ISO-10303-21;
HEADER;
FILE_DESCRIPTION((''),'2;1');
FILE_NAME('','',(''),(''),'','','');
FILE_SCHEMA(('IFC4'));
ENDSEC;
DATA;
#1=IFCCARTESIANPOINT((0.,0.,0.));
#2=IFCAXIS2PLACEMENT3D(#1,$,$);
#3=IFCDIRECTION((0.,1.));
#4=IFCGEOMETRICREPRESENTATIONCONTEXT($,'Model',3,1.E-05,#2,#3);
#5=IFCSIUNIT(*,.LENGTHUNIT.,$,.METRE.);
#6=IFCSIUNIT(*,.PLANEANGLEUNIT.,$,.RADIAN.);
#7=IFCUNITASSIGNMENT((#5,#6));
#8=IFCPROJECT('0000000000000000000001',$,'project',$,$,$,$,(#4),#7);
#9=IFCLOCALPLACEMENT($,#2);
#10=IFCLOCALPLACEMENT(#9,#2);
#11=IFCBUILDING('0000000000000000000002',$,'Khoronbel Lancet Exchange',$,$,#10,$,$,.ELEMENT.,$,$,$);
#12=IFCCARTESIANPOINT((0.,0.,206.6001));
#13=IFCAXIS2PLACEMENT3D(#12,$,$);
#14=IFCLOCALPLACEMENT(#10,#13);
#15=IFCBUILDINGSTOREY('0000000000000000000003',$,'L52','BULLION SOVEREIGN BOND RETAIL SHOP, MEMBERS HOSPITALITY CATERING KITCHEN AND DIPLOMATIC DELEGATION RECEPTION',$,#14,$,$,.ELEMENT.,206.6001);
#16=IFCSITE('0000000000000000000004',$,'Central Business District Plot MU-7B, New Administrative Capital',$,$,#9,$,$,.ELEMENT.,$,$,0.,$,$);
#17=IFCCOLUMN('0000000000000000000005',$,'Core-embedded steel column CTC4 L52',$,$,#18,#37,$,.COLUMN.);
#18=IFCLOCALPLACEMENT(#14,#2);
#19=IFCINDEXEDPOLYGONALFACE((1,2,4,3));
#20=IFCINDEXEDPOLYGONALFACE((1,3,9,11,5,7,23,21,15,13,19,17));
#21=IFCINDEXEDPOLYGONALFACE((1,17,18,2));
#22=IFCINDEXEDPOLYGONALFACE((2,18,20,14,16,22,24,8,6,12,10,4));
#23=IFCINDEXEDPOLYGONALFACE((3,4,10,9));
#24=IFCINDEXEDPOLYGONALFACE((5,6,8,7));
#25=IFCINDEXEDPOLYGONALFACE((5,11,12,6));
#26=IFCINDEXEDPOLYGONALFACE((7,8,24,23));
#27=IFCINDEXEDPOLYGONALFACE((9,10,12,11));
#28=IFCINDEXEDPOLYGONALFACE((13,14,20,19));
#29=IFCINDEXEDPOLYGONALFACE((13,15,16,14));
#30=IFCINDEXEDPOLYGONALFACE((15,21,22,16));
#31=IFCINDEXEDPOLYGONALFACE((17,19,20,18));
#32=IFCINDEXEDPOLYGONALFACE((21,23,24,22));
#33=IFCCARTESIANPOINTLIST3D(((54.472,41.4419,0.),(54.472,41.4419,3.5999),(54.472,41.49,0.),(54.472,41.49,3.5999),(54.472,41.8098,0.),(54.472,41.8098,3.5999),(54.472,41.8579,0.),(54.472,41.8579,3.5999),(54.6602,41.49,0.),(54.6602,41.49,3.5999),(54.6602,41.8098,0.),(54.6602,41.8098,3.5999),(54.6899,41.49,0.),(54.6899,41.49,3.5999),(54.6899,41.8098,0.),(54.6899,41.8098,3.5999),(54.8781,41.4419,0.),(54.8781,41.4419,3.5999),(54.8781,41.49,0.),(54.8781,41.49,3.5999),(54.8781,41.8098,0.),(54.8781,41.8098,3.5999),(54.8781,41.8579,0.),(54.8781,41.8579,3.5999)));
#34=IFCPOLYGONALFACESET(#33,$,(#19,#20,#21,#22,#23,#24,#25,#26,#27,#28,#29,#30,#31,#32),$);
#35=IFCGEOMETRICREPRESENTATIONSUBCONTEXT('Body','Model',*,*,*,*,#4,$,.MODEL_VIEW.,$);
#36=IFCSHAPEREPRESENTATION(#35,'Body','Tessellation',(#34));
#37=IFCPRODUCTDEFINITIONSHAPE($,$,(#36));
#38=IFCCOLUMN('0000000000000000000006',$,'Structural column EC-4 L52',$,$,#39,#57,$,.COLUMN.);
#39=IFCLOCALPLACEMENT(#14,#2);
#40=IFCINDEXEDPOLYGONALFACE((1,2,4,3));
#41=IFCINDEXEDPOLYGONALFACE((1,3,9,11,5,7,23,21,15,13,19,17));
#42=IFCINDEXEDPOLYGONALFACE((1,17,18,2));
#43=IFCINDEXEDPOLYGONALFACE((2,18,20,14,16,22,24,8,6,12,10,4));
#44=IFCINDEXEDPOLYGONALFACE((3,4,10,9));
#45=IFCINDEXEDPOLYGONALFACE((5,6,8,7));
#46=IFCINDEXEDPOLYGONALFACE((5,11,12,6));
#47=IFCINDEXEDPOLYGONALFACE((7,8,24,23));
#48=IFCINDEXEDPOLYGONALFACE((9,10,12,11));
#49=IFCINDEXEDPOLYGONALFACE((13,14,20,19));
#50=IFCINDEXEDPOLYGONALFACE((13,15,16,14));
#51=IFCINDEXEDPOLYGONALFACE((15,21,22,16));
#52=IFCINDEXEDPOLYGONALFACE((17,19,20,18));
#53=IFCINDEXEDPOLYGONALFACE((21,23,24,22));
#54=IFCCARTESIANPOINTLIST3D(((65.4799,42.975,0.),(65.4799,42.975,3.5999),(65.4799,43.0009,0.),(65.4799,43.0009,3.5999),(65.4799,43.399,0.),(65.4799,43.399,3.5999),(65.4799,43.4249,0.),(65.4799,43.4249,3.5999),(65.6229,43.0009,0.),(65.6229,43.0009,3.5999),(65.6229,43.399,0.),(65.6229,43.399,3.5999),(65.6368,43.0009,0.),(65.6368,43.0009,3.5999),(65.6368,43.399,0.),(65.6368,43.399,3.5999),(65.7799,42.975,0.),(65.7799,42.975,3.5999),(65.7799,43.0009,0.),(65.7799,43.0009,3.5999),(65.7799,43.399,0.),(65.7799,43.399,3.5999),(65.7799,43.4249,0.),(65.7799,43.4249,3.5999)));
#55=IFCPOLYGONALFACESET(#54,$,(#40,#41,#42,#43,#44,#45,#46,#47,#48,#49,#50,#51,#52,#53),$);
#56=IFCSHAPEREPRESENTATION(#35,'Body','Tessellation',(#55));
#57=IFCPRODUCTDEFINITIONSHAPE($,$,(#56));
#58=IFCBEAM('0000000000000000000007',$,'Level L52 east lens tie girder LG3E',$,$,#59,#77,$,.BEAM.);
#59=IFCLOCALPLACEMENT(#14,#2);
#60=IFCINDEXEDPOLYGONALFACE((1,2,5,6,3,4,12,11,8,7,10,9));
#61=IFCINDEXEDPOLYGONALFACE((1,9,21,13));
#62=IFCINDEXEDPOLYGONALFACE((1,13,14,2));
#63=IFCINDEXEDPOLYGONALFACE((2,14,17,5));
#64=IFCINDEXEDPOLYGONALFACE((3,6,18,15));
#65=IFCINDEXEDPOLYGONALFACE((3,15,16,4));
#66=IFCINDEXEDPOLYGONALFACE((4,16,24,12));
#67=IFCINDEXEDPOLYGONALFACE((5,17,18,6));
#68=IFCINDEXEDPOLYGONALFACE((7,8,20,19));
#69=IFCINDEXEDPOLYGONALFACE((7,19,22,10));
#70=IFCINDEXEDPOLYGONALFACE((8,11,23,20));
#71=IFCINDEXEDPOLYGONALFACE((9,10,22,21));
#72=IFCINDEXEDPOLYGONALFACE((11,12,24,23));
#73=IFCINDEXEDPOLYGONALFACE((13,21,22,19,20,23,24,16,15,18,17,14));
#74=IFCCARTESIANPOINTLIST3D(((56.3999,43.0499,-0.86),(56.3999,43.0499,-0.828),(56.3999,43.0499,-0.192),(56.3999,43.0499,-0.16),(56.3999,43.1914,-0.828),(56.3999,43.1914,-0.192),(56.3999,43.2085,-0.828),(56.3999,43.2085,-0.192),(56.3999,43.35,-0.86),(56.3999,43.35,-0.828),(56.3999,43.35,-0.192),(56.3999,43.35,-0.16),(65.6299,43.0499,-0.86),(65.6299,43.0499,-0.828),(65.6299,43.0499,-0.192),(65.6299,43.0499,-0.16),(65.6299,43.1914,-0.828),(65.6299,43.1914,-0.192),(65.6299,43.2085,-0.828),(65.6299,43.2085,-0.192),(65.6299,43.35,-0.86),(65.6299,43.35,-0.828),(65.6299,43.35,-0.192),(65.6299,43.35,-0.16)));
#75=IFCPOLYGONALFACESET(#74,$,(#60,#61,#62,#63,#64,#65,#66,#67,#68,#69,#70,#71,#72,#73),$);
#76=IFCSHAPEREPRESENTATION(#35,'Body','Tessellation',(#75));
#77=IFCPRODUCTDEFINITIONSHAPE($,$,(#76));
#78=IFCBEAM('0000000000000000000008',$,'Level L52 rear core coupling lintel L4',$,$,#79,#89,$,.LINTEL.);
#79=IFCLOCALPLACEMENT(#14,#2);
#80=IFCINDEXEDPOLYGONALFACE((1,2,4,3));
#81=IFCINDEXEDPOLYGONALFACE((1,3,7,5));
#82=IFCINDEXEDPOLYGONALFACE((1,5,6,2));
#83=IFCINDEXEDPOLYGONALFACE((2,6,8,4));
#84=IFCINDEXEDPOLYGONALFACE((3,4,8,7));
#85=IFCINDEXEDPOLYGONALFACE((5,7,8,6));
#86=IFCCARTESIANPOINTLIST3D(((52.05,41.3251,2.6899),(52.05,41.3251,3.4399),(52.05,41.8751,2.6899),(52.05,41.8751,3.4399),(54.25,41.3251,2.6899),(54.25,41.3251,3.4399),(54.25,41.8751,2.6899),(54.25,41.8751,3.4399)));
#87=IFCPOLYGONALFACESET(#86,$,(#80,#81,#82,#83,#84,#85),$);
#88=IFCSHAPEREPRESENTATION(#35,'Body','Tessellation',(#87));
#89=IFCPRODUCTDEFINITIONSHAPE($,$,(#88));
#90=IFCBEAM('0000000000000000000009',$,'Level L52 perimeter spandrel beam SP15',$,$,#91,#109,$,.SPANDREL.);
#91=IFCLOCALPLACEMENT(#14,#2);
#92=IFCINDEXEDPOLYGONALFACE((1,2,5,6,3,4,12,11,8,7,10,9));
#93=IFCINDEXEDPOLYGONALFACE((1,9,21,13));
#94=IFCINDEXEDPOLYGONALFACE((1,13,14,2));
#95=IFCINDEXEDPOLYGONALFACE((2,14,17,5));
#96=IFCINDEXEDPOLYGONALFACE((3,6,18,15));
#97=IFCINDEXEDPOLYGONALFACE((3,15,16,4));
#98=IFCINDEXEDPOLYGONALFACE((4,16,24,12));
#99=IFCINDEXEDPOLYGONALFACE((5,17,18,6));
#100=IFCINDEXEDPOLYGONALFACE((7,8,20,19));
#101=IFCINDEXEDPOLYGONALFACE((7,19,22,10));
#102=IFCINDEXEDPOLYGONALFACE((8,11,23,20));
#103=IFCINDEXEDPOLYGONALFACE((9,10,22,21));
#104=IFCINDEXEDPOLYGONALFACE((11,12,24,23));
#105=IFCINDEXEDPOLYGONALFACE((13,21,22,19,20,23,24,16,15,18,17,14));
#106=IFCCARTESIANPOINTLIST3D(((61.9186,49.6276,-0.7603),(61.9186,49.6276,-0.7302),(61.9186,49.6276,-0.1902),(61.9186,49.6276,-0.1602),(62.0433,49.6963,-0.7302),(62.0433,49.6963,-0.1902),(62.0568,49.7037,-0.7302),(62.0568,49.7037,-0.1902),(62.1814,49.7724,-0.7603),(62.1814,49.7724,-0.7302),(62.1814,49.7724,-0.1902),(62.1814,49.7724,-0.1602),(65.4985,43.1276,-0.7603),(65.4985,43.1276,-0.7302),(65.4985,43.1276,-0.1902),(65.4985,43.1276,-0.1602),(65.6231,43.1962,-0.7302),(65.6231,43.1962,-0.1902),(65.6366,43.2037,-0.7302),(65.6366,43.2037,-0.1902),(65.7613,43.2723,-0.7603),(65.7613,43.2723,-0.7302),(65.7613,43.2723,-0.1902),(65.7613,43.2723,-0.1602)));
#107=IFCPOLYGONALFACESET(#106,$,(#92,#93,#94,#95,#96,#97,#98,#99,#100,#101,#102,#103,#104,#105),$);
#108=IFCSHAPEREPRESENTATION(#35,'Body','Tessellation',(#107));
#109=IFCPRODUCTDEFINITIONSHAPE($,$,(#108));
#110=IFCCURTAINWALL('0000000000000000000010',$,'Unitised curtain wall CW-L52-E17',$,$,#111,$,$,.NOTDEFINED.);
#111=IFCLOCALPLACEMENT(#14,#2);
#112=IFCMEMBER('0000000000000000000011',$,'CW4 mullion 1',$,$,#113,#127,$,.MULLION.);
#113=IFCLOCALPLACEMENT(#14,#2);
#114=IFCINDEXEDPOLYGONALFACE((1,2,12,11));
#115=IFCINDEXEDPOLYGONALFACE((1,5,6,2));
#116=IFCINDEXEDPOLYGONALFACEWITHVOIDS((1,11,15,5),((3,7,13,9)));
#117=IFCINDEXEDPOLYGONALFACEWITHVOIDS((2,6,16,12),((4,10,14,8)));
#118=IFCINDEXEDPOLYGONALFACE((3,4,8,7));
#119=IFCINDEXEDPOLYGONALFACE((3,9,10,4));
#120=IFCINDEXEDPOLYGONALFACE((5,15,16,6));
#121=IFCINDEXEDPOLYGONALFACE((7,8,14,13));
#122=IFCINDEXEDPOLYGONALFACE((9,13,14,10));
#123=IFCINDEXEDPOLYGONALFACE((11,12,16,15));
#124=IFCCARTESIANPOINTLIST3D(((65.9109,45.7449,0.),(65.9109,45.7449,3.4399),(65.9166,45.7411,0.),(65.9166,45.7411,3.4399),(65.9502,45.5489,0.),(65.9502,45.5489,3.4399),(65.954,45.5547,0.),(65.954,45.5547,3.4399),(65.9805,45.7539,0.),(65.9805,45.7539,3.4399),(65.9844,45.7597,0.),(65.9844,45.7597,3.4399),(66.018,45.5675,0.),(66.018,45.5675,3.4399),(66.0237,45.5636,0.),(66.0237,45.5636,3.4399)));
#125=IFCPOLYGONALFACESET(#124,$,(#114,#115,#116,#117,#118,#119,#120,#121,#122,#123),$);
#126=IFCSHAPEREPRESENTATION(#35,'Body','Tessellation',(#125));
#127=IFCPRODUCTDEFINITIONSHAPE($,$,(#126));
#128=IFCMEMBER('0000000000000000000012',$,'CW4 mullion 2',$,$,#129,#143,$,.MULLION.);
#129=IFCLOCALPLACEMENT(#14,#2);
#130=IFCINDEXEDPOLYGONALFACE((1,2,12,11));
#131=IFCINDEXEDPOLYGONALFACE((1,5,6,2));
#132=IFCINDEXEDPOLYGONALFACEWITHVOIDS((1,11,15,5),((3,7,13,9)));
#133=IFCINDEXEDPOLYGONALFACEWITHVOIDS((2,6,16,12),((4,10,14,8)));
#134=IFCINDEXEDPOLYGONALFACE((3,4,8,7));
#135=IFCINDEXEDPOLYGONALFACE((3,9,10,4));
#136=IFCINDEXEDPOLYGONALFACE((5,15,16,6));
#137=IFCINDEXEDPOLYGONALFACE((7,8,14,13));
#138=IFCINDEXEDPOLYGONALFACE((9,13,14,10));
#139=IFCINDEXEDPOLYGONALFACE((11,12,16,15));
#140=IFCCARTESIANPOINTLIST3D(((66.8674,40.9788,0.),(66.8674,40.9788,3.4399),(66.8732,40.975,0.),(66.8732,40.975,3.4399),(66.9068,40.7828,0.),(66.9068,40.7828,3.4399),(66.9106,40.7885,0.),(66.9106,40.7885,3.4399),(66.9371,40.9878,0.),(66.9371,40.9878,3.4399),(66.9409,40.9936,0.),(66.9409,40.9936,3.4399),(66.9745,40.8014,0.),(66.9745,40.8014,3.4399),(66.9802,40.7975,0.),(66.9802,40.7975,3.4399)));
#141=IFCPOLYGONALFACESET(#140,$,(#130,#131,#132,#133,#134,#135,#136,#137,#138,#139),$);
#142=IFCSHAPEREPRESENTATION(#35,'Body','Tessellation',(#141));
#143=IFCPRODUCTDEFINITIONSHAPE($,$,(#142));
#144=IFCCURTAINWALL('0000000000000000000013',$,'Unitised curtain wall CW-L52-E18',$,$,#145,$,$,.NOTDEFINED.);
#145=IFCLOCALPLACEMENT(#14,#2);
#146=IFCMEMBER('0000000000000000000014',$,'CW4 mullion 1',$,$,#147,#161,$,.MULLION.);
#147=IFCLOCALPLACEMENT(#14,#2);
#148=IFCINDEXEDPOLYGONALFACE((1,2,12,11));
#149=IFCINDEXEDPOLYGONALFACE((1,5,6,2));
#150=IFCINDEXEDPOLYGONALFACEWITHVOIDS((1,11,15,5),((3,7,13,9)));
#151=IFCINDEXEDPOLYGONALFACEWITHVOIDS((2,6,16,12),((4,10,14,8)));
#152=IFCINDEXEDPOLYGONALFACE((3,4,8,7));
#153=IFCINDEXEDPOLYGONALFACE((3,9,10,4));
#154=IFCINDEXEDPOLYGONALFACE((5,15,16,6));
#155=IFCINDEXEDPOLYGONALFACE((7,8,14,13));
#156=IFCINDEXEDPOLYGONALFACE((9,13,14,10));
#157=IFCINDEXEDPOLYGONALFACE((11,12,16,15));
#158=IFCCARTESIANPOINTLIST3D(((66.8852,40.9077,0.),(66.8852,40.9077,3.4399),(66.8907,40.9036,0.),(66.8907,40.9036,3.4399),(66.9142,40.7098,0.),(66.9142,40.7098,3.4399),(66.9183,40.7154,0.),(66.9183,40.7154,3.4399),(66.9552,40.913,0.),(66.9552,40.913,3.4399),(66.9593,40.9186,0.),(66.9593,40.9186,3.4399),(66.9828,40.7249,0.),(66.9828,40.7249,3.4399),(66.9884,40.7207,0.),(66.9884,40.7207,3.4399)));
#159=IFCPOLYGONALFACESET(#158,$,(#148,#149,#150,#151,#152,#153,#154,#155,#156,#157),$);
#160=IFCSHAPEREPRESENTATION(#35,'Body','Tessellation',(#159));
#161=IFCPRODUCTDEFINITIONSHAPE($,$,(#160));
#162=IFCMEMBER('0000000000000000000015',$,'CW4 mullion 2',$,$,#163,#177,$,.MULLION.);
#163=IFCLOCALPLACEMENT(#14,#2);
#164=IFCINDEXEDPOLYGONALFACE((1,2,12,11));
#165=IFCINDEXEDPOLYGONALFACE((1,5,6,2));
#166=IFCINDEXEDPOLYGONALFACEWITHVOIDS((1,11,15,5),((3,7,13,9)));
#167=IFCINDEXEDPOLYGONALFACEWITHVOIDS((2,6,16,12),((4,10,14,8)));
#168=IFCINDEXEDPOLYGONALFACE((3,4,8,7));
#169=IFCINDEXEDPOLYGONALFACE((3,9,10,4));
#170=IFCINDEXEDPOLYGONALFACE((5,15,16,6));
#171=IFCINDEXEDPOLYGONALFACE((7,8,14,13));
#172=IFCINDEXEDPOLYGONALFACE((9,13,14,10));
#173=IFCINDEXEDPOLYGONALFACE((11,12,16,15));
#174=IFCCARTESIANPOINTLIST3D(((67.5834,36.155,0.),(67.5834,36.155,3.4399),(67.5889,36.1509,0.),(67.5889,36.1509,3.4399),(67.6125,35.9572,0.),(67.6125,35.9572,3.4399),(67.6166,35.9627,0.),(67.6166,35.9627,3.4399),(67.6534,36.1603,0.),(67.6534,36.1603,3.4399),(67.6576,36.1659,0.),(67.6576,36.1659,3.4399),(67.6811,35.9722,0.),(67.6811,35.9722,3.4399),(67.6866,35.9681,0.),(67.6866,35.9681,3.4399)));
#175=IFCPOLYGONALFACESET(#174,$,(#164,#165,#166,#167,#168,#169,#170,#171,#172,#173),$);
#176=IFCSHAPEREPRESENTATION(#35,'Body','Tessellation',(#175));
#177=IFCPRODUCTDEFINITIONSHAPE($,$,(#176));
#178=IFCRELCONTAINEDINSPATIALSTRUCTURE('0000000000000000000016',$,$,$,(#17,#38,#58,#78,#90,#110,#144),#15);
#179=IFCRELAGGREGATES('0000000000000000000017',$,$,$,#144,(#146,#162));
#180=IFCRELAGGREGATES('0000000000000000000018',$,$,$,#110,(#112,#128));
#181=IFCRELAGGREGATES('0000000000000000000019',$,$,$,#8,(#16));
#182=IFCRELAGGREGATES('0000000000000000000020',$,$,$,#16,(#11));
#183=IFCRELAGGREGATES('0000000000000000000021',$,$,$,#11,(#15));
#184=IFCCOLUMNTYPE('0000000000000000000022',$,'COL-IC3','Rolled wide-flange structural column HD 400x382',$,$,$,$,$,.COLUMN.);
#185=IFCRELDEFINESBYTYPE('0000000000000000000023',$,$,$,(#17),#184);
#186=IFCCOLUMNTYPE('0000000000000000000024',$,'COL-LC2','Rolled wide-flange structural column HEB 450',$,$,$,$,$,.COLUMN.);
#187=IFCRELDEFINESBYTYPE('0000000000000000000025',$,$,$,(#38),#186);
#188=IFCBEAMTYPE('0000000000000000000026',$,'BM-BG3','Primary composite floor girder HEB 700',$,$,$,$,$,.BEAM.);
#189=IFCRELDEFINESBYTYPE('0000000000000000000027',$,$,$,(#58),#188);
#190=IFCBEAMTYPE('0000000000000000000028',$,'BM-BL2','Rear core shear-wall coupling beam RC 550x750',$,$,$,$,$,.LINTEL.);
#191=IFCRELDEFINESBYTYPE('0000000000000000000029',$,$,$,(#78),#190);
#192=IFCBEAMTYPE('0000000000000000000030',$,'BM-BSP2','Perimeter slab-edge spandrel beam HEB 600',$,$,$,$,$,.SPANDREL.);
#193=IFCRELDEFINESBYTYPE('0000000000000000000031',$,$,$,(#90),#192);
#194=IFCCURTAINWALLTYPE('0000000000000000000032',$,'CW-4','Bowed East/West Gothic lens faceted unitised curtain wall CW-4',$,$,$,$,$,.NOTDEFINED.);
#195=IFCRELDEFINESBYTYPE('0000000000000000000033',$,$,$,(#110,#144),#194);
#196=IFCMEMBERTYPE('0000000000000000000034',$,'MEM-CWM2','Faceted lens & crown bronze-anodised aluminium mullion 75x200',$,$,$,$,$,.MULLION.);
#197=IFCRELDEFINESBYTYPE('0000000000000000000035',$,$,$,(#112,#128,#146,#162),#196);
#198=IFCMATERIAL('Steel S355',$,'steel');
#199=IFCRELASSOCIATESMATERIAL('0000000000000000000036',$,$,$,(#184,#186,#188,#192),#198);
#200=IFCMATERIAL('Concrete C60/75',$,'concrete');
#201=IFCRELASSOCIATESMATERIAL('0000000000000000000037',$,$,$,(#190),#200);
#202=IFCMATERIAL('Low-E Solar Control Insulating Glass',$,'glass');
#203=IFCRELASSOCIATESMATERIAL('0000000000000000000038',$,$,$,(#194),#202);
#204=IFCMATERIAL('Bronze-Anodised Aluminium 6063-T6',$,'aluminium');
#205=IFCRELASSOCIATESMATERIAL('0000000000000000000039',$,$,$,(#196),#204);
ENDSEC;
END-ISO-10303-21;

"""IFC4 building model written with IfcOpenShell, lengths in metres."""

from ifc_helpers import new_model, si_unit, direction, frame, origin, origin_2d, place, context, subcontext, project, spatial, rectangle, hollow_rectangle, i_section, extrude, material, material_profile, profile_set, type_object, element, aggregate, save


model = new_model("IFC4")

# Units and contexts
model_context = context("Model", 3, precision=1e-05, world=origin(), true_north=direction((0.0, 1.0)))
body_context = subcontext(model_context, "Body", "Model", "MODEL_VIEW")
ifc_project = project(units=[si_unit("LENGTHUNIT", "METRE"), si_unit("PLANEANGLEUNIT", "RADIAN")], contexts=[model_context])

# Site, building, storey
site_placement = place(None, origin())
site = spatial("IfcSite", under=ifc_project, at=site_placement, Name="Central Business District Plot MU-7B, New Administrative Capital", CompositionType="ELEMENT", RefElevation=0.0)
building_placement = place(site_placement, origin())
building = spatial("IfcBuilding", under=site, at=building_placement, Name="Khoronbel Lancet Exchange", CompositionType="ELEMENT")
storey_placement = place(building_placement, frame((0.0, 0.0, 206.6001)))
storey = spatial("IfcBuildingStorey", under=building, at=storey_placement, Name="L52", Description="BULLION SOVEREIGN BOND RETAIL SHOP, MEMBERS HOSPITALITY CATERING KITCHEN AND DIPLOMATIC DELEGATION RECEPTION", CompositionType="ELEMENT", Elevation=206.6001)

# Columns
ifc_material_1 = material(Name="Steel S355", Category="steel")
ifc_material_profile_1 = material_profile(ifc_material_1, i_section(OverallWidth=0.406, OverallDepth=0.416, WebThickness=0.0298, FlangeThickness=0.0481, at=origin_2d()), Name="HD 400x382")
ifc_profile_set_1 = profile_set([ifc_material_profile_1], Name="Steel S355")
column_type_1 = type_object("IfcColumnType", Name="COL-IC3", Description="Rolled wide-flange structural column HD 400x382", PredefinedType="COLUMN", material=ifc_profile_set_1)
column_1_placement = place(storey_placement, frame((54.675, 41.6499, 0.0), z_axis=(0.0, 0.0, 1.0), x_axis=(1.0, 0.0, 0.0)))
element("IfcColumn", 1, at=column_1_placement, inside=storey, type_object=column_type_1, Name="Core-embedded steel column CTC4 L52", PredefinedType="COLUMN", context=body_context, shape_type="SweptSolid", body=[
    extrude(i_section(OverallWidth=0.406, OverallDepth=0.416, WebThickness=0.0298, FlangeThickness=0.0481, at=origin_2d()), origin(), (0.0, 0.0, 1.0), 3.5999),
])
ifc_material_profile_2 = material_profile(ifc_material_1, i_section(OverallWidth=0.3, OverallDepth=0.45, WebThickness=0.0139, FlangeThickness=0.0259, at=origin_2d()), Name="HEB 450")
ifc_profile_set_2 = profile_set([ifc_material_profile_2], Name="Steel S355")
column_type_2 = type_object("IfcColumnType", Name="COL-LC2", Description="Rolled wide-flange structural column HEB 450", PredefinedType="COLUMN", material=ifc_profile_set_2)
column_2_placement = place(storey_placement, frame((65.6299, 43.2, 0.0), z_axis=(0.0, 0.0, 1.0), x_axis=(1.0, 0.0, 0.0)))
element("IfcColumn", 2, at=column_2_placement, inside=storey, type_object=column_type_2, Name="Structural column EC-4 L52", PredefinedType="COLUMN", context=body_context, shape_type="SweptSolid", body=[
    extrude(i_section(OverallWidth=0.3, OverallDepth=0.45, WebThickness=0.0139, FlangeThickness=0.0259, at=origin_2d()), origin(), (0.0, 0.0, 1.0), 3.5999),
])

# Beams
ifc_material_profile_3 = material_profile(ifc_material_1, i_section(OverallWidth=0.3, OverallDepth=0.7, WebThickness=0.0171, FlangeThickness=0.032, at=origin_2d()), Name="HEB 700")
ifc_profile_set_3 = profile_set([ifc_material_profile_3], Name="Steel S355")
beam_type_1 = type_object("IfcBeamType", Name="BM-BG3", Description="Primary composite floor girder HEB 700", PredefinedType="BEAM", material=ifc_profile_set_3)
beam_1_placement = place(storey_placement, frame((56.3999, 43.2, -0.51), z_axis=(1.0, 0.0, 0.0), x_axis=(0.0, 1.0, 0.0)))
element("IfcBeam", 3, at=beam_1_placement, inside=storey, type_object=beam_type_1, Name="Level L52 east lens tie girder LG3E", PredefinedType="BEAM", context=body_context, shape_type="SweptSolid", body=[
    extrude(i_section(OverallWidth=0.3, OverallDepth=0.7, WebThickness=0.0171, FlangeThickness=0.032, at=origin_2d()), origin(), (0.0, 0.0, 1.0), 9.23),
])
ifc_material_2 = material(Name="Concrete C60/75", Category="concrete")
ifc_material_profile_4 = material_profile(ifc_material_2, rectangle(XDim=0.55, YDim=0.75, at=origin_2d()), Name="RC 550x750")
ifc_profile_set_4 = profile_set([ifc_material_profile_4], Name="Concrete C60/75")
beam_type_2 = type_object("IfcBeamType", Name="BM-BL2", Description="Rear core shear-wall coupling beam RC 550x750", PredefinedType="LINTEL", material=ifc_profile_set_4)
beam_2_placement = place(storey_placement, frame((52.05, 41.6001, 3.0649), z_axis=(1.0, 0.0, 0.0), x_axis=(0.0, 1.0, 0.0)))
element("IfcBeam", 4, at=beam_2_placement, inside=storey, type_object=beam_type_2, Name="Level L52 rear core coupling lintel L4", PredefinedType="LINTEL", context=body_context, shape_type="SweptSolid", body=[
    extrude(rectangle(XDim=0.55, YDim=0.75, at=origin_2d()), origin(), (0.0, 0.0, 1.0), 2.2),
])
ifc_material_profile_5 = material_profile(ifc_material_1, i_section(OverallWidth=0.3, OverallDepth=0.6001, WebThickness=0.0154, FlangeThickness=0.03, at=origin_2d()), Name="HEB 600")
ifc_profile_set_5 = profile_set([ifc_material_profile_5], Name="Steel S355")
beam_type_3 = type_object("IfcBeamType", Name="BM-BSP2", Description="Perimeter slab-edge spandrel beam HEB 600", PredefinedType="SPANDREL", material=ifc_profile_set_5)
beam_3_placement = place(storey_placement, frame((65.6299, 43.2, -0.4602), z_axis=(-0.482419, 0.875941, 0.0), x_axis=(-0.875941, -0.482419, 0.0)))
element("IfcBeam", 5, at=beam_3_placement, inside=storey, type_object=beam_type_3, Name="Level L52 perimeter spandrel beam SP15", PredefinedType="SPANDREL", context=body_context, shape_type="SweptSolid", body=[
    extrude(i_section(OverallWidth=0.3, OverallDepth=0.6001, WebThickness=0.0154, FlangeThickness=0.03, at=origin_2d()), origin(), (0.0, 0.0, 1.0), 7.4207),
])

# Curtain walls, members
ifc_material_3 = material(Name="Low-E Solar Control Insulating Glass", Category="glass")
curtain_wall_type = type_object("IfcCurtainWallType", Name="CW-4", Description="Bowed East/West Gothic lens faceted unitised curtain wall CW-4", PredefinedType="NOTDEFINED", material=ifc_material_3)
curtain_wall_1_placement = place(storey_placement, origin())
curtain_wall_1 = element("IfcCurtainWall", 6, at=curtain_wall_1_placement, inside=storey, type_object=curtain_wall_type, Name="Unitised curtain wall CW-L52-E17", PredefinedType="NOTDEFINED")
ifc_material_4 = material(Name="Bronze-Anodised Aluminium 6063-T6", Category="aluminium")
ifc_material_profile_6 = material_profile(ifc_material_4, hollow_rectangle(XDim=0.075, YDim=0.2, WallThickness=0.0049, at=origin_2d()), Name="ALU MULLION 75x200")
ifc_profile_set_6 = profile_set([ifc_material_profile_6], Name="Bronze-Anodised Aluminium 6063-T6")
member_type_1 = type_object("IfcMemberType", Name="MEM-CWM2", Description="Faceted lens & crown bronze-anodised aluminium mullion 75x200", PredefinedType="MULLION", material=ifc_profile_set_6)
member_1_placement = place(storey_placement, frame((65.9673, 45.6543, 0.0), z_axis=(0.0, 0.0, 1.0), x_axis=(0.980454, 0.196747, 0.0)))
member_1 = element("IfcMember", 7, at=member_1_placement, type_object=member_type_1, Name="CW4 mullion 1", PredefinedType="MULLION", context=body_context, shape_type="SweptSolid", body=[
    extrude(hollow_rectangle(XDim=0.075, YDim=0.2, WallThickness=0.0049, at=origin_2d()), origin(), (0.0, 0.0, 1.0), 3.4399),
])
member_2_placement = place(storey_placement, frame((66.9238, 40.8882, 0.0), z_axis=(0.0, 0.0, 1.0), x_axis=(0.980454, 0.196747, 0.0)))
member_2 = element("IfcMember", 8, at=member_2_placement, type_object=member_type_1, Name="CW4 mullion 2", PredefinedType="MULLION", context=body_context, shape_type="SweptSolid", body=[
    extrude(hollow_rectangle(XDim=0.075, YDim=0.2, WallThickness=0.0049, at=origin_2d()), origin(), (0.0, 0.0, 1.0), 3.4399),
])
curtain_wall_2_placement = place(storey_placement, origin())
curtain_wall_2 = element("IfcCurtainWall", 9, at=curtain_wall_2_placement, inside=storey, type_object=curtain_wall_type, Name="Unitised curtain wall CW-L52-E18", PredefinedType="NOTDEFINED")
member_3_placement = place(storey_placement, frame((66.9368, 40.8142, 0.0), z_axis=(0.0, 0.0, 1.0), x_axis=(0.989378, 0.145363, 0.0)))
member_3 = element("IfcMember", 10, at=member_3_placement, type_object=member_type_1, Name="CW4 mullion 1", PredefinedType="MULLION", context=body_context, shape_type="SweptSolid", body=[
    extrude(hollow_rectangle(XDim=0.075, YDim=0.2, WallThickness=0.0049, at=origin_2d()), origin(), (0.0, 0.0, 1.0), 3.4399),
])
member_4_placement = place(storey_placement, frame((67.635, 36.0615, 0.0), z_axis=(0.0, 0.0, 1.0), x_axis=(0.989378, 0.145363, 0.0)))
member_4 = element("IfcMember", 11, at=member_4_placement, type_object=member_type_1, Name="CW4 mullion 2", PredefinedType="MULLION", context=body_context, shape_type="SweptSolid", body=[
    extrude(hollow_rectangle(XDim=0.075, YDim=0.2, WallThickness=0.0049, at=origin_2d()), origin(), (0.0, 0.0, 1.0), 3.4399),
])

aggregate(curtain_wall_2, [member_3, member_4])
aggregate(curtain_wall_1, [member_1, member_2])

save(model, "model.ifc")
